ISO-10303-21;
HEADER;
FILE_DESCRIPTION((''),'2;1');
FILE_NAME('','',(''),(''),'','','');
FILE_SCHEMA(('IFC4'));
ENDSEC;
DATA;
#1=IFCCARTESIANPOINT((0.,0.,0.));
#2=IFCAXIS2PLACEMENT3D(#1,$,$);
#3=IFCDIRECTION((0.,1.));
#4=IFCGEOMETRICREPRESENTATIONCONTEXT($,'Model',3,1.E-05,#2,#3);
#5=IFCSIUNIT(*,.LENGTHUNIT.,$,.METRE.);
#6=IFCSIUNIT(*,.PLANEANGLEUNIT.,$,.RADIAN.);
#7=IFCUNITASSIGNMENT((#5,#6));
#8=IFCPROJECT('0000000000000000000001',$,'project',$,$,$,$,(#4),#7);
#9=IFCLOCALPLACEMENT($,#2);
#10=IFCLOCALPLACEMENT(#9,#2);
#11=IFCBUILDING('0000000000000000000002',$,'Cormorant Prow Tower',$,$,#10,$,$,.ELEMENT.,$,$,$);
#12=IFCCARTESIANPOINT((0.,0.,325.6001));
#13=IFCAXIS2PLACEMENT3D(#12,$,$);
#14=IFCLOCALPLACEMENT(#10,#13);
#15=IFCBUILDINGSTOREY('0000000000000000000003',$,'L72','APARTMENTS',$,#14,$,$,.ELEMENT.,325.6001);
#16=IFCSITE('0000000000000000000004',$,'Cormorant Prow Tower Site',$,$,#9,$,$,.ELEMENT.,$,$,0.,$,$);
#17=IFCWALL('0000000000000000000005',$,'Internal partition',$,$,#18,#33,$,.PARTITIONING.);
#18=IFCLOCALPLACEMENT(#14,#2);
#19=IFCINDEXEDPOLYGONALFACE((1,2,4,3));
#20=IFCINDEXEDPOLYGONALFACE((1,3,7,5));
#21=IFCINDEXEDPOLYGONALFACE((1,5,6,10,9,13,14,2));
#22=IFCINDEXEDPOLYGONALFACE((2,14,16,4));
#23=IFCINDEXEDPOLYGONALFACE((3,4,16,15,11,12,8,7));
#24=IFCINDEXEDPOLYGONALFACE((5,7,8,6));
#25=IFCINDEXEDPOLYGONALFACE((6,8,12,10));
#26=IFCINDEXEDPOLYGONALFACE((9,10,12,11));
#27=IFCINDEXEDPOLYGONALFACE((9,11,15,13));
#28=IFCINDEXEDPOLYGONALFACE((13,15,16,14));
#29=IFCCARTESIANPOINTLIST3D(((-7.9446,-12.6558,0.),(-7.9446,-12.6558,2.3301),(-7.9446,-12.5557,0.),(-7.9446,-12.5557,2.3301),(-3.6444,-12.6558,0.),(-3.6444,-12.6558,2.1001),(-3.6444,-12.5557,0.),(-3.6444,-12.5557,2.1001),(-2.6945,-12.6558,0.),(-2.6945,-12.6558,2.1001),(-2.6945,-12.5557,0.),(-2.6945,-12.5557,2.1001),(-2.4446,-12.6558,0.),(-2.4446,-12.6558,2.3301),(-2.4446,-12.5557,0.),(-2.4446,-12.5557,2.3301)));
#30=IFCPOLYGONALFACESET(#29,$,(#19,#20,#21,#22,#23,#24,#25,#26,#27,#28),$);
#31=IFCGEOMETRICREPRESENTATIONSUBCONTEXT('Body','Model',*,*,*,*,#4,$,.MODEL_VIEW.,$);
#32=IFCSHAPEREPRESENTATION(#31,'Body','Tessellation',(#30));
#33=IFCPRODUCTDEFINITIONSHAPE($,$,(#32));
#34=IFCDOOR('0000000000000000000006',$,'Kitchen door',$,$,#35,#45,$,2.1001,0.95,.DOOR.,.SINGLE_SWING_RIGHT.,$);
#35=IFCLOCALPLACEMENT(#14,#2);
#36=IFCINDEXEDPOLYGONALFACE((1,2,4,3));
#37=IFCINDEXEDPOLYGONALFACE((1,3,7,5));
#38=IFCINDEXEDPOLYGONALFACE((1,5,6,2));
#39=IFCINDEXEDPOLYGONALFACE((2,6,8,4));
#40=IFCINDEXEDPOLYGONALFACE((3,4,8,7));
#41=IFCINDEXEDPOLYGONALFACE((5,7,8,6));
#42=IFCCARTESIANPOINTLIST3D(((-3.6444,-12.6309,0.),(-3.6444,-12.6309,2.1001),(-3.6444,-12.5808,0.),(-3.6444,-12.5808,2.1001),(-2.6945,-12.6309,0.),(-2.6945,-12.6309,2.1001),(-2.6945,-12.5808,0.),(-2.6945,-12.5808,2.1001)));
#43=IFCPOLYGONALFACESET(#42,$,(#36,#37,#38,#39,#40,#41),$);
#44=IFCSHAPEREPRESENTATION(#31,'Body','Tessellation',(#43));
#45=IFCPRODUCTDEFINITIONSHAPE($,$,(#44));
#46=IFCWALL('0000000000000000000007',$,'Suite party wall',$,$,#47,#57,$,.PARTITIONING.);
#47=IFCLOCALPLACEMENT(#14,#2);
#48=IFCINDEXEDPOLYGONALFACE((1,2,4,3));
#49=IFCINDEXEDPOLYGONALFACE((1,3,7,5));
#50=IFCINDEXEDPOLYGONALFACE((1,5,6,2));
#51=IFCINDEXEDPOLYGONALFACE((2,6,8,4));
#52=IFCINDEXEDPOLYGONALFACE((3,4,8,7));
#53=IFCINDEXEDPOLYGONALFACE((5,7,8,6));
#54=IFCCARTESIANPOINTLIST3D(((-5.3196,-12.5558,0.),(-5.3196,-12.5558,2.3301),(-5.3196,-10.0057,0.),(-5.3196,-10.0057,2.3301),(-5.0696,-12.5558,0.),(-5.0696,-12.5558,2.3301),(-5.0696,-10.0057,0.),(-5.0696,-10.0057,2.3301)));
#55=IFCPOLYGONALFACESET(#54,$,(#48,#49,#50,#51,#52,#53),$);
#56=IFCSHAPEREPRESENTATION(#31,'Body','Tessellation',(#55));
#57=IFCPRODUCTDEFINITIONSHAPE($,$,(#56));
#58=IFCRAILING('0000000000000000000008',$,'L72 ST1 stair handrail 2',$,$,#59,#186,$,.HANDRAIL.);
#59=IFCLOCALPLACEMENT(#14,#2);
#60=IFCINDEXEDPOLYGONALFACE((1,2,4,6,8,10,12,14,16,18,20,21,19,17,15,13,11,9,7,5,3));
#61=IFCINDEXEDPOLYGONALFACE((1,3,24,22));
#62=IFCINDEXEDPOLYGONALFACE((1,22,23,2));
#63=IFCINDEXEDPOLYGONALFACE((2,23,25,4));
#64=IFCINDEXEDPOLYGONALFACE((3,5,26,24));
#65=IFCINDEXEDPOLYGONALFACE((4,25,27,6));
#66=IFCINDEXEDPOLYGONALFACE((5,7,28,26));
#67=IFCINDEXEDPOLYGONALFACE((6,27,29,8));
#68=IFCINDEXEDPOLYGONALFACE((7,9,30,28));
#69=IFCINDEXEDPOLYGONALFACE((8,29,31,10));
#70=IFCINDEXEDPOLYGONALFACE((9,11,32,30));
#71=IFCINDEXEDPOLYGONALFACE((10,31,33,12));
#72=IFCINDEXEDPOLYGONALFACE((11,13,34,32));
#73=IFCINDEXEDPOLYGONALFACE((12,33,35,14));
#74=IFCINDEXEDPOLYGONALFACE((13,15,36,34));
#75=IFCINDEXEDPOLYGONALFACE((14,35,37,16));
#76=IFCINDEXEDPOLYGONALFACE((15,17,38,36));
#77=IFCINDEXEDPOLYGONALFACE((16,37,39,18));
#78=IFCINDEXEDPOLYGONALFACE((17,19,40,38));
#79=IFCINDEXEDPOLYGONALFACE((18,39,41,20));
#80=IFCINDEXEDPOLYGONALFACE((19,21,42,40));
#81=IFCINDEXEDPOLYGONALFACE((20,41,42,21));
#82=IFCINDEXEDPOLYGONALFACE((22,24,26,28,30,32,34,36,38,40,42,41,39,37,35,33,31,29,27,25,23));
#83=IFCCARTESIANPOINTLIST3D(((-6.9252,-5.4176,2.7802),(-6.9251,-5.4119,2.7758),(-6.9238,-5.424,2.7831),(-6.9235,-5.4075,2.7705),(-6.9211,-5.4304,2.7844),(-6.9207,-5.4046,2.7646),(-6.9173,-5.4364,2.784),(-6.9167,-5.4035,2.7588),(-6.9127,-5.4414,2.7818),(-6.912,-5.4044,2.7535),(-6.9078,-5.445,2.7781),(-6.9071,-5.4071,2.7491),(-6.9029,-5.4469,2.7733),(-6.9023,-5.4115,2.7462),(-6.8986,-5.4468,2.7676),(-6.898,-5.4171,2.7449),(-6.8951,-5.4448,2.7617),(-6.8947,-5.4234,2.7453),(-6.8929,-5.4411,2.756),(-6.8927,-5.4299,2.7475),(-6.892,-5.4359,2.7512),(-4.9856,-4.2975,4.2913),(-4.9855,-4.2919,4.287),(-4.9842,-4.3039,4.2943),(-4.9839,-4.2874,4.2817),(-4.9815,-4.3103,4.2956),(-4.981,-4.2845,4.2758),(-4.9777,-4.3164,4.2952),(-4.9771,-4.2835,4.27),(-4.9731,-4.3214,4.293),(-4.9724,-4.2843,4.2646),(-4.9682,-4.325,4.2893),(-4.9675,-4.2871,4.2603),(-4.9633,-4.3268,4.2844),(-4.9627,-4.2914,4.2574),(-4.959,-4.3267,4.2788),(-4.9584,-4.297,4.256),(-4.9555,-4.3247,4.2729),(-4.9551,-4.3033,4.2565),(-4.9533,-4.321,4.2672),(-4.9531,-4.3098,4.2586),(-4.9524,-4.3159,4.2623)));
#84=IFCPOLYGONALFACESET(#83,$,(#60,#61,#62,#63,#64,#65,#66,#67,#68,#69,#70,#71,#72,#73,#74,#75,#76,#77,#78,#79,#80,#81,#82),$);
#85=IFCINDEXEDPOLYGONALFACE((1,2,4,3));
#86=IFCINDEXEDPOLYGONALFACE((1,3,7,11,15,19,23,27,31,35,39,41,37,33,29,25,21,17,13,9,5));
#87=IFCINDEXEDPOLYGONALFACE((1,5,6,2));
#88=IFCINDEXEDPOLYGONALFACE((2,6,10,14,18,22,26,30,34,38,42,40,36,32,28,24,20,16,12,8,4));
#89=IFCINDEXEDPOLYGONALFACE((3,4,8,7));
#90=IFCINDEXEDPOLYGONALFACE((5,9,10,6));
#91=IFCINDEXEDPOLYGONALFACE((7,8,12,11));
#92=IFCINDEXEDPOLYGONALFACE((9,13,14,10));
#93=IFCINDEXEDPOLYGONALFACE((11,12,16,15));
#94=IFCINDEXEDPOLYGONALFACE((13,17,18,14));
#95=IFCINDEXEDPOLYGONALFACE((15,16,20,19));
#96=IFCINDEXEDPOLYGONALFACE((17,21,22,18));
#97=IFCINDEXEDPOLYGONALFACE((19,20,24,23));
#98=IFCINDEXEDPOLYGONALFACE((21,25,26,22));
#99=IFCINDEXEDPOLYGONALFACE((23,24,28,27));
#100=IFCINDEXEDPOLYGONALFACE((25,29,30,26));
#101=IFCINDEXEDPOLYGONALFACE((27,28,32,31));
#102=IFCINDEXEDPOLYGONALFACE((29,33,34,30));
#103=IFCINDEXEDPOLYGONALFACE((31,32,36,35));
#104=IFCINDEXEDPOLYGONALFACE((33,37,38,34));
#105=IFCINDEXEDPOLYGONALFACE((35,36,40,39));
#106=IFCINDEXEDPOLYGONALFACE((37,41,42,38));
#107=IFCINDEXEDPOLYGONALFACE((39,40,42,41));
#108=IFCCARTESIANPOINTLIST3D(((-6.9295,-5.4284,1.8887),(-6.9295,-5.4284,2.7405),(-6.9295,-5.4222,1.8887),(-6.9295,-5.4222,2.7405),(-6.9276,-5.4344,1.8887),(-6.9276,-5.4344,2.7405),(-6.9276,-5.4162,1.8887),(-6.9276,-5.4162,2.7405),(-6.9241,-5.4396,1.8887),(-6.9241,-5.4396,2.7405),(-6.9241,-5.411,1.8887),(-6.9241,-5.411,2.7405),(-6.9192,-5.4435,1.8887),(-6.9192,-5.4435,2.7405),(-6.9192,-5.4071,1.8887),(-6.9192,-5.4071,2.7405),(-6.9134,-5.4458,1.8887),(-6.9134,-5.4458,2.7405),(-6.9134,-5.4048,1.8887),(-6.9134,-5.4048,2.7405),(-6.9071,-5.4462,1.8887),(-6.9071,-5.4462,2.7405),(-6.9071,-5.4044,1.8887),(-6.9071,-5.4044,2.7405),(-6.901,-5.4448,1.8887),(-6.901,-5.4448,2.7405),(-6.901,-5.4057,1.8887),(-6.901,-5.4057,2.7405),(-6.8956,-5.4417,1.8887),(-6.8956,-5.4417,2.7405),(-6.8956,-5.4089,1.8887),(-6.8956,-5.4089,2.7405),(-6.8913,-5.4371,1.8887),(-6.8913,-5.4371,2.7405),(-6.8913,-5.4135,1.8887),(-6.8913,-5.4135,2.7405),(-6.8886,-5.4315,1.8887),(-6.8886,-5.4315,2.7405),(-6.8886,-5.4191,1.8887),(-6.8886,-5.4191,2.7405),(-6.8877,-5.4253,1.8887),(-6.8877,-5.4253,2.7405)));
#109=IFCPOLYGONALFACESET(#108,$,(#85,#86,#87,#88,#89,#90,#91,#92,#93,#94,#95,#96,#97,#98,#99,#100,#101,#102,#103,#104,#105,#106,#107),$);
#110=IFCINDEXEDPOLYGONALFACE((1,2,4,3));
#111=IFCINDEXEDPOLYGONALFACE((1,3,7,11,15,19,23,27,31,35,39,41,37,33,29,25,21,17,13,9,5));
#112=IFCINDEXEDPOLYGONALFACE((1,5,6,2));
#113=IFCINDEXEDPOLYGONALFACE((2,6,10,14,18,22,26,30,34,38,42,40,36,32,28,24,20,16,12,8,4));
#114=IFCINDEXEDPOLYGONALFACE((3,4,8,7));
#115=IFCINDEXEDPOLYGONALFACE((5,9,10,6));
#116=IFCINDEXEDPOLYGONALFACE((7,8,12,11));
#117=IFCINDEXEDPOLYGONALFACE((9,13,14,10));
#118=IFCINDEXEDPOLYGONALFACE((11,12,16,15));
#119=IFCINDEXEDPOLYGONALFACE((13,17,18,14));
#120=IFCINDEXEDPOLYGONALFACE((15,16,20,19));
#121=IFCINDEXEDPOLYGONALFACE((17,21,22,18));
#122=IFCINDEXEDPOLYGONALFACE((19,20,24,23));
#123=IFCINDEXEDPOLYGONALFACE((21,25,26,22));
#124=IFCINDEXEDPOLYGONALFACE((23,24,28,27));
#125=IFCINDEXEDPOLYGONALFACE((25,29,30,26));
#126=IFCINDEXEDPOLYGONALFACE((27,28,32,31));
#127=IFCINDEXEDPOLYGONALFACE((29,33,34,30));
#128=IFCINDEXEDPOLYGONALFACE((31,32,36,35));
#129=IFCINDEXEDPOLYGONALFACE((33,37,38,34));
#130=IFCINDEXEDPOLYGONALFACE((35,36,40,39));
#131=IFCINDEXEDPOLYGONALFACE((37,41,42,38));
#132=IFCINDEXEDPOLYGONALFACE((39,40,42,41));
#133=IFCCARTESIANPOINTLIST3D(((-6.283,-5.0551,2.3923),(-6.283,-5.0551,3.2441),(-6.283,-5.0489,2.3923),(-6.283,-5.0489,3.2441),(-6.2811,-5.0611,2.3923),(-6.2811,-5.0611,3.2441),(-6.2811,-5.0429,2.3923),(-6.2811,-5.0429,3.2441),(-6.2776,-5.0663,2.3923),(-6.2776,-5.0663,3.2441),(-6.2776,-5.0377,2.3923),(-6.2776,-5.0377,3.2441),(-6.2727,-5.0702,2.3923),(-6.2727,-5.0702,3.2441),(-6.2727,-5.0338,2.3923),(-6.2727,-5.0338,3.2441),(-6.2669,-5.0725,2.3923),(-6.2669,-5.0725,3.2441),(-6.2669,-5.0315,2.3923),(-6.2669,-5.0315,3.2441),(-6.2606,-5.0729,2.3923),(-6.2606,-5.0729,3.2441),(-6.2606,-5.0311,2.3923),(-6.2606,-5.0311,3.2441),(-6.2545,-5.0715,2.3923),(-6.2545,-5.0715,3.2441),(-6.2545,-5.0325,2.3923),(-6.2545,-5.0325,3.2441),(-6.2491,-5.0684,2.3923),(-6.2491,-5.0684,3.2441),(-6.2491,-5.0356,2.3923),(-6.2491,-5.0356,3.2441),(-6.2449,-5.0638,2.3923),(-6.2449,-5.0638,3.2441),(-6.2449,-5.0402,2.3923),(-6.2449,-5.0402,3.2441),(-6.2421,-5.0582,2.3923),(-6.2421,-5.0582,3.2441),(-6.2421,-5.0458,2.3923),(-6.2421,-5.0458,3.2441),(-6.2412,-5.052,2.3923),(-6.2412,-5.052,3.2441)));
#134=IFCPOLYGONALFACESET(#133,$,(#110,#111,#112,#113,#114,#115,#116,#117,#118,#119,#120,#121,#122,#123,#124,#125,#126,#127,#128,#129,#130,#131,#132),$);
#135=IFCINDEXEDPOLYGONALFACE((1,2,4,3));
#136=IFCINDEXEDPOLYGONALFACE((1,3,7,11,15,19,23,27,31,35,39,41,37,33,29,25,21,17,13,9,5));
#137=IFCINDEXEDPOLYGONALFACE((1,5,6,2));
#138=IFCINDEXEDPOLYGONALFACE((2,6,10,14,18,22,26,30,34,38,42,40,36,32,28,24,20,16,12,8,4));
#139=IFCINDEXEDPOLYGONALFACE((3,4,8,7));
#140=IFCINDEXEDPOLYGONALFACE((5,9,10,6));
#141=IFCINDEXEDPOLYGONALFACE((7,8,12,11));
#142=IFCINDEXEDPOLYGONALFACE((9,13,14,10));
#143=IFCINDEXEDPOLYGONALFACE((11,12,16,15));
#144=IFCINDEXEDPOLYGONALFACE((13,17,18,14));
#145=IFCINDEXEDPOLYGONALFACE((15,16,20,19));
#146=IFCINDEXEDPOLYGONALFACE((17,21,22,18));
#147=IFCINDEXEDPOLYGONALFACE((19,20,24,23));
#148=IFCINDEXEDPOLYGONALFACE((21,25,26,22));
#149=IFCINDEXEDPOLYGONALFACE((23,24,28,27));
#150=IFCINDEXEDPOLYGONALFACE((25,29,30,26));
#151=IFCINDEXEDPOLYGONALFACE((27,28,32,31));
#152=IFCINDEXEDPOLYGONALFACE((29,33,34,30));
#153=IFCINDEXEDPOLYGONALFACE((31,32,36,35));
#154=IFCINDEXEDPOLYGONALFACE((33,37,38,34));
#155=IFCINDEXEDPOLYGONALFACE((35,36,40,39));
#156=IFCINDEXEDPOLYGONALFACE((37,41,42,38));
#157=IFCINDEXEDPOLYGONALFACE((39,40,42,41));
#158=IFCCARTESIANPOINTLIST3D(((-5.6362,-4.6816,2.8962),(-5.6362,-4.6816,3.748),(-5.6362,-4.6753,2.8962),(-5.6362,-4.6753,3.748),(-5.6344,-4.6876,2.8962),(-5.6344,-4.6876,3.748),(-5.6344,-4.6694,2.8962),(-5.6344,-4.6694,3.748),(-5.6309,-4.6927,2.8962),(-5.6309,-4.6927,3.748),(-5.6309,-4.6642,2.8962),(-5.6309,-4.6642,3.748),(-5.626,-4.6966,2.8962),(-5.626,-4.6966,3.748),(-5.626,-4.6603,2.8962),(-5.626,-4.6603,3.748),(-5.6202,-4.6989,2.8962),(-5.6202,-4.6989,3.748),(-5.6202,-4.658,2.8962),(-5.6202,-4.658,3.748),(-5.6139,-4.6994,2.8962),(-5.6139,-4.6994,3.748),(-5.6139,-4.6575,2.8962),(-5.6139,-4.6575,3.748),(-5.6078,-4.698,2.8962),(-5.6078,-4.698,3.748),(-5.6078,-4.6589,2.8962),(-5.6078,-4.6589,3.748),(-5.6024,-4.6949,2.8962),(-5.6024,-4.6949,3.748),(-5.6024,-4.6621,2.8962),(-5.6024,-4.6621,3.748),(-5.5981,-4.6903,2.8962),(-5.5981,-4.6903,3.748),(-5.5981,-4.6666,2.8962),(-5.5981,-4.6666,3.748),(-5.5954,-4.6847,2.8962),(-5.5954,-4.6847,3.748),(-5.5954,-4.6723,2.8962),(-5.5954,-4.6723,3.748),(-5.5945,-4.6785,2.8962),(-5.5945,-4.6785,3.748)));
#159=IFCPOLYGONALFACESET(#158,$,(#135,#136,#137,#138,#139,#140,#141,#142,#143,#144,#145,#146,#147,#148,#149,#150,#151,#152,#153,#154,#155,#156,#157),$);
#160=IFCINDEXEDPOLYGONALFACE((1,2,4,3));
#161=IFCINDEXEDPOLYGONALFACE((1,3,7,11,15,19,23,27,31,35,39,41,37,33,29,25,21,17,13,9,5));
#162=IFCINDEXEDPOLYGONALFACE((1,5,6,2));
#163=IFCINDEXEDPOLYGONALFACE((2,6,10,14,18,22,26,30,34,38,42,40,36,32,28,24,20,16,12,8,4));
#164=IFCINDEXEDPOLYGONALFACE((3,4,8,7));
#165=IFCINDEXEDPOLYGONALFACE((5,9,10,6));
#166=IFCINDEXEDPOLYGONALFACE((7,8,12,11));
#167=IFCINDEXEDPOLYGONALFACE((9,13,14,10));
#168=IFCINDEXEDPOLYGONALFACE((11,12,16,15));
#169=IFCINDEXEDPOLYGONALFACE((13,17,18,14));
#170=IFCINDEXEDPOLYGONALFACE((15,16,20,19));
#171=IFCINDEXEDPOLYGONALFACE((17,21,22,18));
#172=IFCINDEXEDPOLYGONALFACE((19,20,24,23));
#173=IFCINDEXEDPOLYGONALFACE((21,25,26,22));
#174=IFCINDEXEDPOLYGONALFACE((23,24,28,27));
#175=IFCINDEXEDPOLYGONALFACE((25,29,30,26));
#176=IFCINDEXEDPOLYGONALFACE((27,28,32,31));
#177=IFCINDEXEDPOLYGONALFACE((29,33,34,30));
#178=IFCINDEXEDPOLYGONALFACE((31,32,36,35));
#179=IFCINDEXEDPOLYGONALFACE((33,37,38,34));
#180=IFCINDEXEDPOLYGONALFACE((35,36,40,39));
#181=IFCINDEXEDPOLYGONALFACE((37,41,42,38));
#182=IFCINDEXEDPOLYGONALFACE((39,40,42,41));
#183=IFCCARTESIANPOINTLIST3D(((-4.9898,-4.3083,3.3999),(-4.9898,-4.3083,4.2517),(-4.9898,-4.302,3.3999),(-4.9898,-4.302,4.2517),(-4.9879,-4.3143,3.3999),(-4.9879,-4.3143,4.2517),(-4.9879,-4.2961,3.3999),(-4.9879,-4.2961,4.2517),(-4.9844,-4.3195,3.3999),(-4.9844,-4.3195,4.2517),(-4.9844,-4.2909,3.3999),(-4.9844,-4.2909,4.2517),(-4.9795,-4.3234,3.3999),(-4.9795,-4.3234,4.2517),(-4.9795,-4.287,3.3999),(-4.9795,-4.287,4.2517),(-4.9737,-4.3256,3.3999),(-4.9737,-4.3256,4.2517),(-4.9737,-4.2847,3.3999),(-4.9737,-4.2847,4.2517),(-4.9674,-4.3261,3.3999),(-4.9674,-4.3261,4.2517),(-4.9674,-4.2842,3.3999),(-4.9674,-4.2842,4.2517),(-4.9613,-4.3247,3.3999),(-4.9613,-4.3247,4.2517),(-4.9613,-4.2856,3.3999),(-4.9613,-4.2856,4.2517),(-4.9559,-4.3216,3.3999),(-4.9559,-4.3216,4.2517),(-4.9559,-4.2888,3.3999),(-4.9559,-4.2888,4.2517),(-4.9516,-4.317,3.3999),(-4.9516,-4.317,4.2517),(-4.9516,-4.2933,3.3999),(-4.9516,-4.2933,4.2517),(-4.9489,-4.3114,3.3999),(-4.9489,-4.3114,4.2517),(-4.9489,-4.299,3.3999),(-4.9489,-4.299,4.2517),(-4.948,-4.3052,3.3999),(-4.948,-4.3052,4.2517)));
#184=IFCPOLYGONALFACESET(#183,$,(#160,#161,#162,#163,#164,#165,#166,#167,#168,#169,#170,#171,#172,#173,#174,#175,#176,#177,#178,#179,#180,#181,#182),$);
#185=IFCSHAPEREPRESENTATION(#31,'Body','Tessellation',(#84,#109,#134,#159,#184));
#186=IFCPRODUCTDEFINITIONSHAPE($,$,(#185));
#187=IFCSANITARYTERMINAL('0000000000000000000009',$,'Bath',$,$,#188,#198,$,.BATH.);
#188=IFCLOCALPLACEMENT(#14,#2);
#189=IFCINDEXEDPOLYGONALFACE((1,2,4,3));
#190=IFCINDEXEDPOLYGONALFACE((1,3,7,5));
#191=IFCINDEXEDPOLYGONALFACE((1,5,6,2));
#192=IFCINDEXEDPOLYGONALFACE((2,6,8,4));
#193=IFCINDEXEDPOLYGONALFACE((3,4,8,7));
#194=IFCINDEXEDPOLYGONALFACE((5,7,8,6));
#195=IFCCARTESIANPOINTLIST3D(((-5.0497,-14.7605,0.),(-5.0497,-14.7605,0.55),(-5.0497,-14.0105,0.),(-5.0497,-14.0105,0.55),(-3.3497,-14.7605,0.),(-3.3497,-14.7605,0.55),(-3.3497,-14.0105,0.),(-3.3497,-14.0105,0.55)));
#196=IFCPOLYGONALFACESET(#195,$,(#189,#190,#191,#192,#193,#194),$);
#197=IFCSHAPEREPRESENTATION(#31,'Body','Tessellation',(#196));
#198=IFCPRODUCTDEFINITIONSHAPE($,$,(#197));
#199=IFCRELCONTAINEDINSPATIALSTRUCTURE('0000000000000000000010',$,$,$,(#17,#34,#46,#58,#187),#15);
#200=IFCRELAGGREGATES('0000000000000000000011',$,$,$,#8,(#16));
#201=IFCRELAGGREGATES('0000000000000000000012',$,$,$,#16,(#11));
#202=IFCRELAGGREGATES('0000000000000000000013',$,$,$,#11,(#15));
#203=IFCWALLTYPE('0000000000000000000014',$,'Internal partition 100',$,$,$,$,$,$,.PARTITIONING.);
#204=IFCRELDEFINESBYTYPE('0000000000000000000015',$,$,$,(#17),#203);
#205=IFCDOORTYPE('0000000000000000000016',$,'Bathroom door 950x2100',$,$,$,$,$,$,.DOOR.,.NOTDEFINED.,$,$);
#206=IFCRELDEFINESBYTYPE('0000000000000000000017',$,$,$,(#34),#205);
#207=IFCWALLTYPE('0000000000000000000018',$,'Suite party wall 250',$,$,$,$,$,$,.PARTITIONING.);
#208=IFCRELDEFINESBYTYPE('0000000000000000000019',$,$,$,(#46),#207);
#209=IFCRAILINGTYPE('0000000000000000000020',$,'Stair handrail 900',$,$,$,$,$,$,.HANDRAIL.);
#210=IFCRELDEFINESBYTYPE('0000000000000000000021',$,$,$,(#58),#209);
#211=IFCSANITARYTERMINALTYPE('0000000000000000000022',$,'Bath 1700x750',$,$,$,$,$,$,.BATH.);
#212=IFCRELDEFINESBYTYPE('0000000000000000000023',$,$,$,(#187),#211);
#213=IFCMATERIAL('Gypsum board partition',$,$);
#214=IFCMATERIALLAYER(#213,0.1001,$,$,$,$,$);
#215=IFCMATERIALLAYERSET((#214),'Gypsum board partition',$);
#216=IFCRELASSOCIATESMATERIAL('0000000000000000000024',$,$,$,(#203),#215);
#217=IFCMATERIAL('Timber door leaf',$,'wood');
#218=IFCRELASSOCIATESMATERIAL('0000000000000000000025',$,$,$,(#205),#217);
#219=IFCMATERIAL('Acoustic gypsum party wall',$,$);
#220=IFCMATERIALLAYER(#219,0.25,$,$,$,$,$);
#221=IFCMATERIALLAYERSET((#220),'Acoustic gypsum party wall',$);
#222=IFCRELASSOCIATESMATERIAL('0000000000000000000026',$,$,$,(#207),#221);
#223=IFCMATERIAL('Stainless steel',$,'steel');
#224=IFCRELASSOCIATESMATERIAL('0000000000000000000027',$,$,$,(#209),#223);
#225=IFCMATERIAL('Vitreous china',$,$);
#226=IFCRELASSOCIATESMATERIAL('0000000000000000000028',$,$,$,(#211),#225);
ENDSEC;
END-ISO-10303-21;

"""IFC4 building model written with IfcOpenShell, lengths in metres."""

from ifc_helpers import new_model, si_unit, direction, frame, frame_2d, origin, origin_2d, place, context, subcontext, project, spatial, rectangle, circle, extrude, material, layer, layer_set, type_object, element, fill, save


model = new_model("IFC4")

# Units and contexts
model_context = context("Model", 3, precision=1e-05, world=origin(), true_north=direction((0.0, 1.0)))
body_context = subcontext(model_context, "Body", "Model", "MODEL_VIEW")
ifc_project = project(units=[si_unit("LENGTHUNIT", "METRE"), si_unit("PLANEANGLEUNIT", "RADIAN")], contexts=[model_context])

# Site, building, storey
site_placement = place(None, origin())
site = spatial("IfcSite", under=ifc_project, at=site_placement, Name="Cormorant Prow Tower Site", CompositionType="ELEMENT", RefElevation=0.0)
building_placement = place(site_placement, origin())
building = spatial("IfcBuilding", under=site, at=building_placement, Name="Cormorant Prow Tower", CompositionType="ELEMENT")
storey_placement = place(building_placement, frame((0.0, 0.0, 325.6001)))
storey = spatial("IfcBuildingStorey", under=building, at=storey_placement, Name="L72", Description="APARTMENTS", CompositionType="ELEMENT", Elevation=325.6001)

# Wall, opening, door
ifc_material_1 = material(Name="Gypsum board partition")
ifc_layer_1 = layer(ifc_material_1, 0.1001)
ifc_layer_set_1 = layer_set([ifc_layer_1], Name="Gypsum board partition")
wall_type_1 = type_object("IfcWallType", Name="Internal partition 100", PredefinedType="PARTITIONING", material=ifc_layer_set_1)
wall_1_placement = place(storey_placement, frame((-7.9446, -12.6057, 0.0), z_axis=(0.0, 0.0, 1.0), x_axis=(1.0, 0.0, 0.0)))
wall_1 = element("IfcWall", 1, at=wall_1_placement, inside=storey, type_object=wall_type_1, Name="Internal partition", PredefinedType="PARTITIONING", context=body_context, shape_type="SweptSolid", body=[
    extrude(rectangle(XDim=5.5, YDim=0.1001, at=frame_2d((2.75, 0.0))), origin(), (0.0, 0.0, 1.0), 2.3301),
])
opening_1_placement = place(wall_1_placement, frame((4.3, 0.0, 0.0)))
opening_1 = element("IfcOpeningElement", 2, at=opening_1_placement, cuts=wall_1, PredefinedType="OPENING", context=body_context, shape_type="SweptSolid", body=[
    extrude(rectangle(XDim=0.95, YDim=2.1001, at=frame_2d((0.4751, 1.05))), frame((0.0, 0.0601, 0.0), z_axis=(0.0, -1.0, 0.0), x_axis=(1.0, 0.0, 0.0)), (0.0, 0.0, 1.0), 0.1201),
])
ifc_material_2 = material(Name="Timber door leaf", Category="wood")
door_type_1 = type_object("IfcDoorType", Name="Bathroom door 950x2100", OperationType="NOTDEFINED", PredefinedType="DOOR", material=ifc_material_2)
door_1_placement = place(opening_1_placement, origin())
door_1 = element("IfcDoor", 3, at=door_1_placement, inside=storey, type_object=door_type_1, Name="Kitchen door", OperationType="SINGLE_SWING_RIGHT", OverallHeight=2.1001, OverallWidth=0.95, PredefinedType="DOOR", context=body_context, shape_type="SweptSolid", body=[
    extrude(rectangle(XDim=0.95, YDim=2.1001, at=frame_2d((0.4751, 1.05))), frame((0.0, 0.0249, 0.0), z_axis=(0.0, -1.0, 0.0), x_axis=(1.0, 0.0, 0.0)), (0.0, 0.0, 1.0), 0.05),
])
fill(opening_1, door_1)

# Wall
ifc_material_3 = material(Name="Acoustic gypsum party wall")
ifc_layer_2 = layer(ifc_material_3, 0.25)
ifc_layer_set_2 = layer_set([ifc_layer_2], Name="Acoustic gypsum party wall")
wall_type_2 = type_object("IfcWallType", Name="Suite party wall 250", PredefinedType="PARTITIONING", material=ifc_layer_set_2)
wall_2_placement = place(storey_placement, frame((-5.1946, -12.5557, 0.0), z_axis=(0.0, 0.0, 1.0), x_axis=(0.0, 1.0, 0.0)))
element("IfcWall", 4, at=wall_2_placement, inside=storey, type_object=wall_type_2, Name="Suite party wall", PredefinedType="PARTITIONING", context=body_context, shape_type="SweptSolid", body=[
    extrude(rectangle(XDim=2.55, YDim=0.25, at=frame_2d((1.2749, 0.0))), origin(), (0.0, 0.0, 1.0), 2.3301),
])

# Railing
ifc_material_4 = material(Name="Stainless steel", Category="steel")
railing_type = type_object("IfcRailingType", Name="Stair handrail 900", PredefinedType="HANDRAIL", material=ifc_material_4)
railing_placement = place(storey_placement, frame((-6.9087, -5.4253, 1.8887)))
element("IfcRailing", 5, at=railing_placement, inside=storey, type_object=railing_type, Name="L72 ST1 stair handrail 2", PredefinedType="HANDRAIL", context=body_context, shape_type="SweptSolid", body=[
    extrude(circle(Radius=0.0239, at=origin_2d()), frame((0.0, 0.0, 0.876), z_axis=(0.71787, 0.414548, 0.559297), x_axis=(-0.500078, 0.86598, 0.0)), (0.0, 0.0, 1.0), 2.7019),
    extrude(circle(Radius=0.021, at=origin_2d()), origin(), (0.0, 0.0, 1.0), 0.8518),
    extrude(circle(Radius=0.021, at=origin_2d()), frame((0.6465, 0.3733, 0.5037)), (0.0, 0.0, 1.0), 0.8518),
    extrude(circle(Radius=0.021, at=origin_2d()), frame((1.2932, 0.7468, 1.0076)), (0.0, 0.0, 1.0), 0.8518),
    extrude(circle(Radius=0.021, at=origin_2d()), frame((1.9397, 1.1201, 1.5112)), (0.0, 0.0, 1.0), 0.8518),
])

# Sanitary terminal
ifc_material_5 = material(Name="Vitreous china")
sanitary_terminal_type_1 = type_object("IfcSanitaryTerminalType", Name="Bath 1700x750", PredefinedType="BATH", material=ifc_material_5)
sanitary_terminal_1_placement = place(storey_placement, frame((-4.1997, -14.3855, 0.0), z_axis=(0.0, 0.0, 1.0), x_axis=(1.0, 0.0, 0.0)))
element("IfcSanitaryTerminal", 6, at=sanitary_terminal_1_placement, inside=storey, type_object=sanitary_terminal_type_1, Name="Bath", PredefinedType="BATH", context=body_context, shape_type="SweptSolid", body=[
    extrude(rectangle(XDim=1.7, YDim=0.75, at=origin_2d()), origin(), (0.0, 0.0, 1.0), 0.55),
])

save(model, "model.ifc")
